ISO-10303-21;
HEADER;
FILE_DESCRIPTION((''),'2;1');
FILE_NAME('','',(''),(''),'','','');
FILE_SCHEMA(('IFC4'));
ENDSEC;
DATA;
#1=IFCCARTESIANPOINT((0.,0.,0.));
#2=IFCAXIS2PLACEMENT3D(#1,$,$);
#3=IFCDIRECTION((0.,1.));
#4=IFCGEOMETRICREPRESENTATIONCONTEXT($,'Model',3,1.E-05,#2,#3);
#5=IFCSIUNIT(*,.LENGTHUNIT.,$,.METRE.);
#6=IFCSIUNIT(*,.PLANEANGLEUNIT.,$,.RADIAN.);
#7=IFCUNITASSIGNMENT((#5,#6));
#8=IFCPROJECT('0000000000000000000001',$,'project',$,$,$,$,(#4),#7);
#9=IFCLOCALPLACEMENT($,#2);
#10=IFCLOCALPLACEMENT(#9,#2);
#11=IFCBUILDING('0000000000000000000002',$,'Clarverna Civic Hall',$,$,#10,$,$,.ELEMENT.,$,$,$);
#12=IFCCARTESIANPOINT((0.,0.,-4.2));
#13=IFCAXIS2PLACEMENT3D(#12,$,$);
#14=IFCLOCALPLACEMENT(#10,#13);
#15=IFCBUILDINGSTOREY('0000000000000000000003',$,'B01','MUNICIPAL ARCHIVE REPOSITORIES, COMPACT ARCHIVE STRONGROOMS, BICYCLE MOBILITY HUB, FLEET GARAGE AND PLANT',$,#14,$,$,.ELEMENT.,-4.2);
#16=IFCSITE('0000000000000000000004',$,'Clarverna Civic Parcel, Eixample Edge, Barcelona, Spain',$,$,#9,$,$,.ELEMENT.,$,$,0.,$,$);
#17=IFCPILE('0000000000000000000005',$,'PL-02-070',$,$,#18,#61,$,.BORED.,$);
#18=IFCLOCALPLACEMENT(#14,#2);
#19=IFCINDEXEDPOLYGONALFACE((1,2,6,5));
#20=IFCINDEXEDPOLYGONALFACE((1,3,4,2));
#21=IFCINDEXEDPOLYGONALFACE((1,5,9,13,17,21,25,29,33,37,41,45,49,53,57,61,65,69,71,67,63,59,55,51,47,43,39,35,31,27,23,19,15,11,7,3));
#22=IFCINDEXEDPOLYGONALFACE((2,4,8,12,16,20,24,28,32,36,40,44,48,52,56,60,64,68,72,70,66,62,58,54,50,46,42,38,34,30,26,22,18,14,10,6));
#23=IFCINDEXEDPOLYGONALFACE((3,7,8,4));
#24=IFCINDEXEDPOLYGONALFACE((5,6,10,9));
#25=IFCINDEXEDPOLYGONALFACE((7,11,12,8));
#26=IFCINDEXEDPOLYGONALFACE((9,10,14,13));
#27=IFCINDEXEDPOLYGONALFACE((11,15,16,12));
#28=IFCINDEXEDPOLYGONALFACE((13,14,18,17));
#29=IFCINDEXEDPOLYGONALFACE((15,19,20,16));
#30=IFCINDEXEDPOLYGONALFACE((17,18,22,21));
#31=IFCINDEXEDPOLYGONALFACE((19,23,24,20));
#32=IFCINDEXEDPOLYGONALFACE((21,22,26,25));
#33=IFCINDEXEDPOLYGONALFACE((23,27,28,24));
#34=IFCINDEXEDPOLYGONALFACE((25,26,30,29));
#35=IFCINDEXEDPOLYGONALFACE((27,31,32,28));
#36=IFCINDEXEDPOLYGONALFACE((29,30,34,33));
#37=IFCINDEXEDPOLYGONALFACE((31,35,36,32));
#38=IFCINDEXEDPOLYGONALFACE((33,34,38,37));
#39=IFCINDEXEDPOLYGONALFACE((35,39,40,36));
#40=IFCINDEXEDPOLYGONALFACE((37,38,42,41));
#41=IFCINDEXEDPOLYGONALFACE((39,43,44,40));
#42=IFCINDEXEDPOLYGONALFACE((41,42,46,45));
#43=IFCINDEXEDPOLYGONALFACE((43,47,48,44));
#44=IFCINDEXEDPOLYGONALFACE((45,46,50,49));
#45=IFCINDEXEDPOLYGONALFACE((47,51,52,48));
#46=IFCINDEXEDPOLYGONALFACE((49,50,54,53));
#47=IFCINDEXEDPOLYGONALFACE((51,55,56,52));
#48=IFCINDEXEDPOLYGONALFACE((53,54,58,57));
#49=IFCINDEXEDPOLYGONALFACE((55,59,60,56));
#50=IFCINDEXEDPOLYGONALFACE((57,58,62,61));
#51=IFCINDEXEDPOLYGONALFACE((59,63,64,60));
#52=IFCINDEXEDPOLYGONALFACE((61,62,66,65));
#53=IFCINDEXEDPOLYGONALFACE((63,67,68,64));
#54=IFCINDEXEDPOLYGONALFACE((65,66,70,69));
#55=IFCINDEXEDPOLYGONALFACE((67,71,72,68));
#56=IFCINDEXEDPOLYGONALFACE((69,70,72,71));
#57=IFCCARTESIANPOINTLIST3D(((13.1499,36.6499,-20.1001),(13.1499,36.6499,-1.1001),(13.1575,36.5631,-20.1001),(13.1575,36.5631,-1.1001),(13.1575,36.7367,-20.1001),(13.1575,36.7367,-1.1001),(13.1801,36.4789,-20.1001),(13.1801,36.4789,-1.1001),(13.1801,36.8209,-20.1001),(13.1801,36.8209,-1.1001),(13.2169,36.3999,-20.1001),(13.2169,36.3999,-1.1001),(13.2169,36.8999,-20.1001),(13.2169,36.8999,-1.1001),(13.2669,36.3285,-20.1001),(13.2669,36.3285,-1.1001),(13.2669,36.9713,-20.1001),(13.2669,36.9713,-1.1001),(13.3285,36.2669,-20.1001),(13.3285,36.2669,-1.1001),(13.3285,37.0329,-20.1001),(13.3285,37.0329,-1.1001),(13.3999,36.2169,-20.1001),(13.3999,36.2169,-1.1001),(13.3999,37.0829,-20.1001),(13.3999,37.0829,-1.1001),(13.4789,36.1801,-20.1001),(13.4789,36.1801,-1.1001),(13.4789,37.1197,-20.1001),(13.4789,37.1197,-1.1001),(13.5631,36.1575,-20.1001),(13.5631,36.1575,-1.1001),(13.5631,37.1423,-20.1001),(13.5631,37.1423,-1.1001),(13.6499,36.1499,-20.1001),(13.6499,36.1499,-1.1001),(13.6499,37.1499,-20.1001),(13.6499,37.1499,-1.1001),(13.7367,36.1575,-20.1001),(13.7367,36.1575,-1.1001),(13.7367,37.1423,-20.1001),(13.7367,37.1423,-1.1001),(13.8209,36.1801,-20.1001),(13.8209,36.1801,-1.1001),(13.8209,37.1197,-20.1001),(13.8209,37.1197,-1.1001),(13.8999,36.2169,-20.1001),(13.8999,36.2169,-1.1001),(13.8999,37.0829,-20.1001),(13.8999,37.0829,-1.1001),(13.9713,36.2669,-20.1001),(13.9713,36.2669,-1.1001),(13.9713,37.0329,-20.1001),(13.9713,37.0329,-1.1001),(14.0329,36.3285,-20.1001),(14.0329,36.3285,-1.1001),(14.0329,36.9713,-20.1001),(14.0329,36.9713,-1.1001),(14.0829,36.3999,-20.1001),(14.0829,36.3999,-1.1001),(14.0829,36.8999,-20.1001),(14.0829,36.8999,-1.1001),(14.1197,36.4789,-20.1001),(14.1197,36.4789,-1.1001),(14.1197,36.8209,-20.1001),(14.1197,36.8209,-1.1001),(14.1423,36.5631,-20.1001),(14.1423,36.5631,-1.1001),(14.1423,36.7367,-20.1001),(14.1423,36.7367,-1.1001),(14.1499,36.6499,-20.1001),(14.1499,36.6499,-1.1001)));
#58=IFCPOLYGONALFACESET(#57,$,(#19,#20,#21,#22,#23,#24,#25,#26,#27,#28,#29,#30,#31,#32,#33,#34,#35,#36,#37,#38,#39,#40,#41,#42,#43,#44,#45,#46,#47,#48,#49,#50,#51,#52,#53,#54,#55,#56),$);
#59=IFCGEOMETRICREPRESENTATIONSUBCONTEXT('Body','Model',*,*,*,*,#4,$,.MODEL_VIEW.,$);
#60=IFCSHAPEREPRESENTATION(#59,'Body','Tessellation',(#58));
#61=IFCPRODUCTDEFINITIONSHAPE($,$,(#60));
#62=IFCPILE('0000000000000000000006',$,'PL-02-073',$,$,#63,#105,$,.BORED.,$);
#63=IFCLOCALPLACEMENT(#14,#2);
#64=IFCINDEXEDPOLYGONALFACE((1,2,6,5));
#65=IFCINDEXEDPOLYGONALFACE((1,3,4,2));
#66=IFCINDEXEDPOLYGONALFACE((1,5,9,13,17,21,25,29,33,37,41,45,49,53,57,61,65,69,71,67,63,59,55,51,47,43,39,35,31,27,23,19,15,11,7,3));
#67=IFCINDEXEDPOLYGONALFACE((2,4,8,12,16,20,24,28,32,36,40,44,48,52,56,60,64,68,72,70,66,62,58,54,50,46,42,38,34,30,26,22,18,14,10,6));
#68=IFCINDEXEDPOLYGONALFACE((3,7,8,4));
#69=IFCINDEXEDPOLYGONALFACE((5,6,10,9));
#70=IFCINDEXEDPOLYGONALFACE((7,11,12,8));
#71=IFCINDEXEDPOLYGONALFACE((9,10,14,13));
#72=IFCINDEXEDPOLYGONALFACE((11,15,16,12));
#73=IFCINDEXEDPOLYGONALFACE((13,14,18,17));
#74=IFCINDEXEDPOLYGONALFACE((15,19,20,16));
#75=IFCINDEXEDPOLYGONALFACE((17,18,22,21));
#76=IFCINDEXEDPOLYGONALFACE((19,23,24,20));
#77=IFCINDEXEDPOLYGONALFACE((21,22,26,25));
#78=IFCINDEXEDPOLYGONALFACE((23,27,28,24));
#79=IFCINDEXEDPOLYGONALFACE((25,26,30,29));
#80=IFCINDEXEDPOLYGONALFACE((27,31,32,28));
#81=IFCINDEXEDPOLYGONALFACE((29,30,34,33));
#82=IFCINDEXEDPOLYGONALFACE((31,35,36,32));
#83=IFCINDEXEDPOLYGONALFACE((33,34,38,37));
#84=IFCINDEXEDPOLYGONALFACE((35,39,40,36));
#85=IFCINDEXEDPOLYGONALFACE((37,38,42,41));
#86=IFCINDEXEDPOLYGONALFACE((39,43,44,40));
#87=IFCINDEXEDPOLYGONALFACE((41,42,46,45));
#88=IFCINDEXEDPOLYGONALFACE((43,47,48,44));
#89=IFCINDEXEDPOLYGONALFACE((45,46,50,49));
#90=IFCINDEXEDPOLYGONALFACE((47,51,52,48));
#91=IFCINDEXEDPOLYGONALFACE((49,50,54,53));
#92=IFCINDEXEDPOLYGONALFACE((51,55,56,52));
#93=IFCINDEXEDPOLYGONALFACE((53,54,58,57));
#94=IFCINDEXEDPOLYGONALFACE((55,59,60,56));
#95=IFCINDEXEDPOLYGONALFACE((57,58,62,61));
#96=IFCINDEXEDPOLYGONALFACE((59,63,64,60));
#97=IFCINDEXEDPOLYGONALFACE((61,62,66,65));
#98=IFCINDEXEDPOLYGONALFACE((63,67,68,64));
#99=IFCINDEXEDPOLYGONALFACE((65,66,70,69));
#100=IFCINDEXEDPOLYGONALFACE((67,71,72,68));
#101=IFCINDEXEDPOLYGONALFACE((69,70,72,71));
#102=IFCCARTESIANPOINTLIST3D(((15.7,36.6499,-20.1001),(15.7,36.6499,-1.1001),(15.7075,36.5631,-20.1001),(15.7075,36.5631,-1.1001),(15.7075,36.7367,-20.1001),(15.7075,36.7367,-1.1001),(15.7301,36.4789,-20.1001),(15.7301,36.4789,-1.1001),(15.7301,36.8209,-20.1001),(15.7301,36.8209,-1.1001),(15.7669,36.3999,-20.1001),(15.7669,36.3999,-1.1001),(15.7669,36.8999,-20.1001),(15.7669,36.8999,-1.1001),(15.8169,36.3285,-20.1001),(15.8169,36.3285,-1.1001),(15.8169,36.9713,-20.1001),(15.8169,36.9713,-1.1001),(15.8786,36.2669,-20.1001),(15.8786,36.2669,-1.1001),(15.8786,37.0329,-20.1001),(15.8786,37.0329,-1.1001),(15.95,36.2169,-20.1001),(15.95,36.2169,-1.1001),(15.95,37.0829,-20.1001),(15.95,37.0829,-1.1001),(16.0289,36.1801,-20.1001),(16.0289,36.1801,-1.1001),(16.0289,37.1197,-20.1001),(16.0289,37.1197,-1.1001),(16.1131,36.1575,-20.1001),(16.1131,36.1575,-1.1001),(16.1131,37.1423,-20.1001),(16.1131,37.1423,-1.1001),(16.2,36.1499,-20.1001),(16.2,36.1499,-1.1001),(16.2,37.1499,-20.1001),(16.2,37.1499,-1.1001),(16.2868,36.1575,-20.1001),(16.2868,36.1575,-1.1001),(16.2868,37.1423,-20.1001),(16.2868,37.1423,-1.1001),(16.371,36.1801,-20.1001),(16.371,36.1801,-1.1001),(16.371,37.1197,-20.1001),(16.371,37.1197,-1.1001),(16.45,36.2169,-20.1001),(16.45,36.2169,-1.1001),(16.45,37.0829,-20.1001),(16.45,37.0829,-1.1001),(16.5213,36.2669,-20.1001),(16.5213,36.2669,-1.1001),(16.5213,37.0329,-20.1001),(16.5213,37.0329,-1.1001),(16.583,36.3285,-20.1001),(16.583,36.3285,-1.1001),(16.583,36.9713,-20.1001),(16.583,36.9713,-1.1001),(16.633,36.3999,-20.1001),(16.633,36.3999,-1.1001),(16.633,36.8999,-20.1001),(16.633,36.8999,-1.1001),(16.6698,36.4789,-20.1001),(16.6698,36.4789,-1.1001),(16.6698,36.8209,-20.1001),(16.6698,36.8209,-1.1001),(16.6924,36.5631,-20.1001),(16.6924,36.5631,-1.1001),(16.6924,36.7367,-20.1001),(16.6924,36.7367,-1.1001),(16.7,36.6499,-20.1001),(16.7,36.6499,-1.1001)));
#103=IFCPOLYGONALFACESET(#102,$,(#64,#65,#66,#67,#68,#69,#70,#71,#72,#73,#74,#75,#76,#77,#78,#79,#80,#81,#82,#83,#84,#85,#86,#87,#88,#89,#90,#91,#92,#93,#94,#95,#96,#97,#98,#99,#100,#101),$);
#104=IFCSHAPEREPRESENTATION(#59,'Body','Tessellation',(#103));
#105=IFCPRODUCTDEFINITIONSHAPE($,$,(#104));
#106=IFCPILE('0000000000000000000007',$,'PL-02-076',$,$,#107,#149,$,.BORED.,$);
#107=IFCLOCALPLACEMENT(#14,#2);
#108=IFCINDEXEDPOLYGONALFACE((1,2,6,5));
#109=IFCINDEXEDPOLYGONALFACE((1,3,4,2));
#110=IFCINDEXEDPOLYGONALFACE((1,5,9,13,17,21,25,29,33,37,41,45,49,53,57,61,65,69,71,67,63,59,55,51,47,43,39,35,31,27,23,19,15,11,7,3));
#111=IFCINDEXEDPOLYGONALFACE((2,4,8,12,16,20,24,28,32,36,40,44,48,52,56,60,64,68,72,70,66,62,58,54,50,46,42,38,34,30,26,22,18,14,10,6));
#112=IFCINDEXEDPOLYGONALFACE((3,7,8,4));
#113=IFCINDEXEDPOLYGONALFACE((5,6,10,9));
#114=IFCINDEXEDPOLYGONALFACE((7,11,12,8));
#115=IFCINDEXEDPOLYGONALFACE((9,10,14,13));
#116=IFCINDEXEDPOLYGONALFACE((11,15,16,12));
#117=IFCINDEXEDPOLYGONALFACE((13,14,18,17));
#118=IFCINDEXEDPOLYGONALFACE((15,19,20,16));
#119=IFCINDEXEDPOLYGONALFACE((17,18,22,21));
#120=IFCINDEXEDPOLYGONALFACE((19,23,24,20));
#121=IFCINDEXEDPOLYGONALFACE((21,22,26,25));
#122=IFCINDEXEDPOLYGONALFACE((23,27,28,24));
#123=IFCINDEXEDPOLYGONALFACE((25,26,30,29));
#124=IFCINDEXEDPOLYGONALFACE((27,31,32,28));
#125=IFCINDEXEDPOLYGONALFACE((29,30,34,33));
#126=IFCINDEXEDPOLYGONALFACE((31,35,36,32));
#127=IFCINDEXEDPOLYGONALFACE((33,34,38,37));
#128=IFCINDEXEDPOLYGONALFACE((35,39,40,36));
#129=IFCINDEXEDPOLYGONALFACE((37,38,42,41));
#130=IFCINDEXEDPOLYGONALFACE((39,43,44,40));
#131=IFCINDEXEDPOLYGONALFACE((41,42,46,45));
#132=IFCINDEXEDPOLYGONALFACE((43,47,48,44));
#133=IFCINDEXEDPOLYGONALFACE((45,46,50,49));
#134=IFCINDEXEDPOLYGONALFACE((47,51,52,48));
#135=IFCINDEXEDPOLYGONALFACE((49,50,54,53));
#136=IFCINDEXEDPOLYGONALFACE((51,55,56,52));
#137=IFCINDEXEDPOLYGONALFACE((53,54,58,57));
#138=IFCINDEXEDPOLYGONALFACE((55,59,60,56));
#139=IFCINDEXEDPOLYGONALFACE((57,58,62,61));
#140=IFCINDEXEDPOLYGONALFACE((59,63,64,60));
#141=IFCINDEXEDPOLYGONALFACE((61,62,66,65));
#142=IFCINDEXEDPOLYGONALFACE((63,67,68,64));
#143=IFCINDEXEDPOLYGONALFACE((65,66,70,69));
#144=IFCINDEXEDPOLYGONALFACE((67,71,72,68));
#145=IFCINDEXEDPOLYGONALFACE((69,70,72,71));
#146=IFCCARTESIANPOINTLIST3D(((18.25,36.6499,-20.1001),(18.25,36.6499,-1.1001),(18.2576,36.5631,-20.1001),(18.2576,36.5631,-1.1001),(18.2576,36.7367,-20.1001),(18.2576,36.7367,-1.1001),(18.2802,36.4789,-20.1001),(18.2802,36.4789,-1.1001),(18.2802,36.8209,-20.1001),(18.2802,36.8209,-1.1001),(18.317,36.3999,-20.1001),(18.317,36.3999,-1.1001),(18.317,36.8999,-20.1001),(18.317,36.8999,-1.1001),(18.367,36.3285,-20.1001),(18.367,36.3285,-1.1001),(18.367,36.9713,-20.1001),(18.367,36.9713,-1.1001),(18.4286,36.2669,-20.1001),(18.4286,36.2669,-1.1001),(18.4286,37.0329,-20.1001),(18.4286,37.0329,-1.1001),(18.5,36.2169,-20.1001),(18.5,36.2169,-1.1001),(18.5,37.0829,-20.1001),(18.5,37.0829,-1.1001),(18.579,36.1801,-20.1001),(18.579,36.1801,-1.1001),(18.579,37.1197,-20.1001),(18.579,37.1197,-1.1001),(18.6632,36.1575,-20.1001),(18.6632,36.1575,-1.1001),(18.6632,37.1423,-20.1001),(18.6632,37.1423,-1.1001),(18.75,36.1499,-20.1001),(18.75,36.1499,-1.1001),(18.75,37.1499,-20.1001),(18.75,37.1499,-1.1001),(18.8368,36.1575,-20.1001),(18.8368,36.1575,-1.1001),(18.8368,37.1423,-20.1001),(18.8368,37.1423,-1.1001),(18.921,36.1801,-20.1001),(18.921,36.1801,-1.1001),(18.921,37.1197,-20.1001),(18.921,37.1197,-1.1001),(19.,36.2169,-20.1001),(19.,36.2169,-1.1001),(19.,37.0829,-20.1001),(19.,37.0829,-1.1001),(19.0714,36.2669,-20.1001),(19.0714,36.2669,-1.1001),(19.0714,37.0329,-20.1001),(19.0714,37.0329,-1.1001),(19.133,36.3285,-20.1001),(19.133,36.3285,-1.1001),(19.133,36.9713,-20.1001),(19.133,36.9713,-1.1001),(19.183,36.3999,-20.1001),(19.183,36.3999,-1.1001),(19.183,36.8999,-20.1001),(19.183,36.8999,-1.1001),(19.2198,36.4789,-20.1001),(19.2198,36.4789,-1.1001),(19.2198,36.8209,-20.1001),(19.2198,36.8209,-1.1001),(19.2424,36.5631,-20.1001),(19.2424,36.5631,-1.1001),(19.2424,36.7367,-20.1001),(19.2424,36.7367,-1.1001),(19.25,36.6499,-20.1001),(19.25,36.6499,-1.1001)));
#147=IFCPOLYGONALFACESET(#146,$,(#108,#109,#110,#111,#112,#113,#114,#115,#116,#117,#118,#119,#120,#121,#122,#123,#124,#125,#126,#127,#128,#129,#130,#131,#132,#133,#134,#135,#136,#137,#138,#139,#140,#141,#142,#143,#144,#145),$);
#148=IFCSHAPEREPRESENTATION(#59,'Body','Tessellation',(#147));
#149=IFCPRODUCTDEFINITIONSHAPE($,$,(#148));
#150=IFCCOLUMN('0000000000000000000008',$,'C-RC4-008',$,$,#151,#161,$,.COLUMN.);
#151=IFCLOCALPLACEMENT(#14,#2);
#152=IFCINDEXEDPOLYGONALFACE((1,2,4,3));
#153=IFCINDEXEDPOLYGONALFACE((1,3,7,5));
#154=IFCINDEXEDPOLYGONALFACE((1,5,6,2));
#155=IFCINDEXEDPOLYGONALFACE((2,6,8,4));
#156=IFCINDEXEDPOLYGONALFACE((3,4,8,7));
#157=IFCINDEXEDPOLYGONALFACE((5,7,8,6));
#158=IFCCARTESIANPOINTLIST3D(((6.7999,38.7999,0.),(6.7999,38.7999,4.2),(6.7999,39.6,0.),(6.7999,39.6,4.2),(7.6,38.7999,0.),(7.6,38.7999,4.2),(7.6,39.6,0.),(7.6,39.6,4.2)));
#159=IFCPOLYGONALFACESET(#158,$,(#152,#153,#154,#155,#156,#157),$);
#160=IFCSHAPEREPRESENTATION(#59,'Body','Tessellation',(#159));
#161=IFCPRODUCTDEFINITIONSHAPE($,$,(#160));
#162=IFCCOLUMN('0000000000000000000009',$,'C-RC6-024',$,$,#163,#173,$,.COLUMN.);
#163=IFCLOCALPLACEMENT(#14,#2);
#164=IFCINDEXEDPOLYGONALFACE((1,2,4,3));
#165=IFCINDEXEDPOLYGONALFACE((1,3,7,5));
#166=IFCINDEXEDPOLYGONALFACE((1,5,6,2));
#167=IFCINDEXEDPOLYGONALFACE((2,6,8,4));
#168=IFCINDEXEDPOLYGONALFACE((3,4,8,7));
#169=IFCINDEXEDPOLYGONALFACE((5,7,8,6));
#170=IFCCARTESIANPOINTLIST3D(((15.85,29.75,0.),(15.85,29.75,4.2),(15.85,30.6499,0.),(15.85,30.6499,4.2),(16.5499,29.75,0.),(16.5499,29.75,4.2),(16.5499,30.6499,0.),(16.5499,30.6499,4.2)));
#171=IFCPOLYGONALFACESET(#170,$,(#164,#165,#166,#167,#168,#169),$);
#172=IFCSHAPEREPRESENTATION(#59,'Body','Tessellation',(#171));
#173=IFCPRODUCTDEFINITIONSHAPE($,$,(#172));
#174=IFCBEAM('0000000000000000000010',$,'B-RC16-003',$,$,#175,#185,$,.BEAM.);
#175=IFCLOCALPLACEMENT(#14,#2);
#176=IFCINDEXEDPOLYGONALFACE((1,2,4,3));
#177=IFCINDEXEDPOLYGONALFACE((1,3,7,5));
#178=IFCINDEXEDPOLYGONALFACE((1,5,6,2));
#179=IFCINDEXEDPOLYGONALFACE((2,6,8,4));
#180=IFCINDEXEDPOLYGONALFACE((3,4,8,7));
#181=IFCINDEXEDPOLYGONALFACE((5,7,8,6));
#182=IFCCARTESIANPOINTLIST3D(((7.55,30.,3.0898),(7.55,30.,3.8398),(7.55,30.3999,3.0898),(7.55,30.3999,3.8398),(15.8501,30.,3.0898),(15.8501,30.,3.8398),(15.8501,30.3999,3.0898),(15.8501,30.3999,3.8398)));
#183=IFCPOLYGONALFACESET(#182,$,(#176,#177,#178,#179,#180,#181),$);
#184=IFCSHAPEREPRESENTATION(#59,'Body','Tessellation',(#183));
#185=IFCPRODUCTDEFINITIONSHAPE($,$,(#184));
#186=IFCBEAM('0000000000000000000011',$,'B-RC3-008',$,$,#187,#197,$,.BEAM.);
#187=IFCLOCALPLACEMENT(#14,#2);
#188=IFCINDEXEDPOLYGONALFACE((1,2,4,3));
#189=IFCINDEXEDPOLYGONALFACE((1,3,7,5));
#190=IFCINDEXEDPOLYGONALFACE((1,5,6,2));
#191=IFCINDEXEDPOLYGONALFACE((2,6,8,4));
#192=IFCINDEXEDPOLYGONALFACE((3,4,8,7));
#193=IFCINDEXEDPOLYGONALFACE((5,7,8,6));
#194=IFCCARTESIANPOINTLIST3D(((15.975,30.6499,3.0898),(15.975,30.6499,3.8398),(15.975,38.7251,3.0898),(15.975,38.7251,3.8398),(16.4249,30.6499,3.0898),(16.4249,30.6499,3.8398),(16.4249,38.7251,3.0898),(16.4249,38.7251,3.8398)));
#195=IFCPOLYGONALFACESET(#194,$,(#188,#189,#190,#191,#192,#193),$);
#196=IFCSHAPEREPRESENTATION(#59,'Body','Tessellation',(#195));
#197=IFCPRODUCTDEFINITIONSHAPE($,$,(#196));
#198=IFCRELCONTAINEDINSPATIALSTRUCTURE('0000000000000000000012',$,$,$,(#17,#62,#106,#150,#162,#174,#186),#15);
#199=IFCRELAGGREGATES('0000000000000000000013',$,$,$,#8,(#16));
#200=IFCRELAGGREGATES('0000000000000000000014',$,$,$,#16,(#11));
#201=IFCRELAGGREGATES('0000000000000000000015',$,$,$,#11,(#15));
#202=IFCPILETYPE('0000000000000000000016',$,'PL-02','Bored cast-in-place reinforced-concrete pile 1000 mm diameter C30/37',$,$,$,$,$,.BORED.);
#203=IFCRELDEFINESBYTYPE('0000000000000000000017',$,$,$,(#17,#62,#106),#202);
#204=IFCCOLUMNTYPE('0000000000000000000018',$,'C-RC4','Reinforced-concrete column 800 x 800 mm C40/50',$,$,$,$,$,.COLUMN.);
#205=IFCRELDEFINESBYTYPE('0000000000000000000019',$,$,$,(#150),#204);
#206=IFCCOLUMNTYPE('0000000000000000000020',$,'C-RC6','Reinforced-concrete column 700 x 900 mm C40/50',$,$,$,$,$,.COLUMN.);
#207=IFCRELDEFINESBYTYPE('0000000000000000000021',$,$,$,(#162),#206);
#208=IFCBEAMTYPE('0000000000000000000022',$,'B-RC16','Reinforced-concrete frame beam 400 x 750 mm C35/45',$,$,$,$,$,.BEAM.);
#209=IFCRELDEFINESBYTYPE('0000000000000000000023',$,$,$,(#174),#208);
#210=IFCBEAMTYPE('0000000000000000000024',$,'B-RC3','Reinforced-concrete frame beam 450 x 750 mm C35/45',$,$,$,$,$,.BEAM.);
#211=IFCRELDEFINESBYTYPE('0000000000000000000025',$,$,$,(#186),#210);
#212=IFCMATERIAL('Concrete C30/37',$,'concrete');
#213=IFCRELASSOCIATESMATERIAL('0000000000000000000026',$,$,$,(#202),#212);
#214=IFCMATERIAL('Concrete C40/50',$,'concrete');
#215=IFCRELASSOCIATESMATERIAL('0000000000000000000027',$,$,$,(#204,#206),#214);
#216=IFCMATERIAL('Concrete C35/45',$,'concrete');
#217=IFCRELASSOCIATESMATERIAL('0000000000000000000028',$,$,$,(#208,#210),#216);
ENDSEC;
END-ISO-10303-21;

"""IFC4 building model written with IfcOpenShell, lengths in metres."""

from ifc_helpers import new_model, si_unit, direction, frame, origin, origin_2d, place, context, subcontext, project, spatial, rectangle, circle, extrude, material, material_profile, profile_set, type_object, element, save


model = new_model("IFC4")

# Units and contexts
model_context = context("Model", 3, precision=1e-05, world=origin(), true_north=direction((0.0, 1.0)))
body_context = subcontext(model_context, "Body", "Model", "MODEL_VIEW")
ifc_project = project(units=[si_unit("LENGTHUNIT", "METRE"), si_unit("PLANEANGLEUNIT", "RADIAN")], contexts=[model_context])

# Site, building, storey
site_placement = place(None, origin())
site = spatial("IfcSite", under=ifc_project, at=site_placement, Name="Clarverna Civic Parcel, Eixample Edge, Barcelona, Spain", CompositionType="ELEMENT", RefElevation=0.0)
building_placement = place(site_placement, origin())
building = spatial("IfcBuilding", under=site, at=building_placement, Name="Clarverna Civic Hall", CompositionType="ELEMENT")
storey_placement = place(building_placement, frame((0.0, 0.0, -4.2)))
storey = spatial("IfcBuildingStorey", under=building, at=storey_placement, Name="B01", Description="MUNICIPAL ARCHIVE REPOSITORIES, COMPACT ARCHIVE STRONGROOMS, BICYCLE MOBILITY HUB, FLEET GARAGE AND PLANT", CompositionType="ELEMENT", Elevation=-4.2)

# Shared definitions
ifc_material_1 = material(Name="Concrete C30/37", Category="concrete")

# Piles
ifc_material_profile_1 = material_profile(ifc_material_1, circle(Radius=0.5, at=origin_2d()), Name="BORED PILE D1000")
ifc_profile_set_1 = profile_set([ifc_material_profile_1], Name="Concrete C30/37")
pile_type_1 = type_object("IfcPileType", Name="PL-02", Description="Bored cast-in-place reinforced-concrete pile 1000 mm diameter C30/37", PredefinedType="BORED", material=ifc_profile_set_1)
for number, where, z_axis, x_axis, name in (
    (1, (13.6499, 36.6499, -1.1001), (0.0, 0.0, -1.0), (1.0, 0.0, 0.0), "PL-02-070"),
    (2, (16.2, 36.6499, -1.1001), (0.0, 0.0, -1.0), (1.0, 0.0, 0.0), "PL-02-073"),
    (3, (18.75, 36.6499, -1.1001), (0.0, 0.0, -1.0), (1.0, 0.0, 0.0), "PL-02-076"),
):
    element("IfcPile", number, at=place(storey_placement, frame(where, z_axis=z_axis, x_axis=x_axis)), inside=storey, type_object=pile_type_1, Name=name, PredefinedType="BORED", context=body_context, shape_type="SweptSolid", body=[
        extrude(circle(Radius=0.5, at=origin_2d()), origin(), (0.0, 0.0, 1.0), 19.0),
    ])

# Columns
ifc_material_2 = material(Name="Concrete C40/50", Category="concrete")
ifc_material_profile_2 = material_profile(ifc_material_2, rectangle(XDim=0.8, YDim=0.8, at=origin_2d()), Name="RC 800x800")
ifc_profile_set_2 = profile_set([ifc_material_profile_2], Name="Concrete C40/50")
column_type_1 = type_object("IfcColumnType", Name="C-RC4", Description="Reinforced-concrete column 800 x 800 mm C40/50", PredefinedType="COLUMN", material=ifc_profile_set_2)
column_1_placement = place(storey_placement, frame((7.2, 39.2, 0.0), z_axis=(0.0, 0.0, 1.0), x_axis=(1.0, 0.0, 0.0)))
element("IfcColumn", 4, at=column_1_placement, inside=storey, type_object=column_type_1, Name="C-RC4-008", PredefinedType="COLUMN", context=body_context, shape_type="SweptSolid", body=[
    extrude(rectangle(XDim=0.8, YDim=0.8, at=origin_2d()), origin(), (0.0, 0.0, 1.0), 4.2),
])
ifc_material_profile_3 = material_profile(ifc_material_2, rectangle(XDim=0.7, YDim=0.8999, at=origin_2d()), Name="RC 700x900")
ifc_profile_set_3 = profile_set([ifc_material_profile_3], Name="Concrete C40/50")
column_type_2 = type_object("IfcColumnType", Name="C-RC6", Description="Reinforced-concrete column 700 x 900 mm C40/50", PredefinedType="COLUMN", material=ifc_profile_set_3)
column_2_placement = place(storey_placement, frame((16.2, 30.2, 0.0), z_axis=(0.0, 0.0, 1.0), x_axis=(1.0, 0.0, 0.0)))
element("IfcColumn", 5, at=column_2_placement, inside=storey, type_object=column_type_2, Name="C-RC6-024", PredefinedType="COLUMN", context=body_context, shape_type="SweptSolid", body=[
    extrude(rectangle(XDim=0.7, YDim=0.8999, at=origin_2d()), origin(), (0.0, 0.0, 1.0), 4.2),
])

# Beams
ifc_material_3 = material(Name="Concrete C35/45", Category="concrete")
ifc_material_profile_4 = material_profile(ifc_material_3, rectangle(XDim=0.3999, YDim=0.75, at=origin_2d()), Name="RC 400x750")
ifc_profile_set_4 = profile_set([ifc_material_profile_4], Name="Concrete C35/45")
beam_type_1 = type_object("IfcBeamType", Name="B-RC16", Description="Reinforced-concrete frame beam 400 x 750 mm C35/45", PredefinedType="BEAM", material=ifc_profile_set_4)
beam_1_placement = place(storey_placement, frame((7.55, 30.2, 3.4648), z_axis=(1.0, 0.0, 0.0), x_axis=(0.0, 1.0, 0.0)))
element("IfcBeam", 6, at=beam_1_placement, inside=storey, type_object=beam_type_1, Name="B-RC16-003", PredefinedType="BEAM", context=body_context, shape_type="SweptSolid", body=[
    extrude(rectangle(XDim=0.3999, YDim=0.75, at=origin_2d()), origin(), (0.0, 0.0, 1.0), 8.3),
])
ifc_material_profile_5 = material_profile(ifc_material_3, rectangle(XDim=0.45, YDim=0.75, at=origin_2d()), Name="RC 450x750")
ifc_profile_set_5 = profile_set([ifc_material_profile_5], Name="Concrete C35/45")
beam_type_2 = type_object("IfcBeamType", Name="B-RC3", Description="Reinforced-concrete frame beam 450 x 750 mm C35/45", PredefinedType="BEAM", material=ifc_profile_set_5)
beam_2_placement = place(storey_placement, frame((16.2, 30.6499, 3.4648), z_axis=(0.0, 1.0, 0.0), x_axis=(-1.0, 0.0, 0.0)))
element("IfcBeam", 7, at=beam_2_placement, inside=storey, type_object=beam_type_2, Name="B-RC3-008", PredefinedType="BEAM", context=body_context, shape_type="SweptSolid", body=[
    extrude(rectangle(XDim=0.45, YDim=0.75, at=origin_2d()), origin(), (0.0, 0.0, 1.0), 8.0752),
])

save(model, "model.ifc")
